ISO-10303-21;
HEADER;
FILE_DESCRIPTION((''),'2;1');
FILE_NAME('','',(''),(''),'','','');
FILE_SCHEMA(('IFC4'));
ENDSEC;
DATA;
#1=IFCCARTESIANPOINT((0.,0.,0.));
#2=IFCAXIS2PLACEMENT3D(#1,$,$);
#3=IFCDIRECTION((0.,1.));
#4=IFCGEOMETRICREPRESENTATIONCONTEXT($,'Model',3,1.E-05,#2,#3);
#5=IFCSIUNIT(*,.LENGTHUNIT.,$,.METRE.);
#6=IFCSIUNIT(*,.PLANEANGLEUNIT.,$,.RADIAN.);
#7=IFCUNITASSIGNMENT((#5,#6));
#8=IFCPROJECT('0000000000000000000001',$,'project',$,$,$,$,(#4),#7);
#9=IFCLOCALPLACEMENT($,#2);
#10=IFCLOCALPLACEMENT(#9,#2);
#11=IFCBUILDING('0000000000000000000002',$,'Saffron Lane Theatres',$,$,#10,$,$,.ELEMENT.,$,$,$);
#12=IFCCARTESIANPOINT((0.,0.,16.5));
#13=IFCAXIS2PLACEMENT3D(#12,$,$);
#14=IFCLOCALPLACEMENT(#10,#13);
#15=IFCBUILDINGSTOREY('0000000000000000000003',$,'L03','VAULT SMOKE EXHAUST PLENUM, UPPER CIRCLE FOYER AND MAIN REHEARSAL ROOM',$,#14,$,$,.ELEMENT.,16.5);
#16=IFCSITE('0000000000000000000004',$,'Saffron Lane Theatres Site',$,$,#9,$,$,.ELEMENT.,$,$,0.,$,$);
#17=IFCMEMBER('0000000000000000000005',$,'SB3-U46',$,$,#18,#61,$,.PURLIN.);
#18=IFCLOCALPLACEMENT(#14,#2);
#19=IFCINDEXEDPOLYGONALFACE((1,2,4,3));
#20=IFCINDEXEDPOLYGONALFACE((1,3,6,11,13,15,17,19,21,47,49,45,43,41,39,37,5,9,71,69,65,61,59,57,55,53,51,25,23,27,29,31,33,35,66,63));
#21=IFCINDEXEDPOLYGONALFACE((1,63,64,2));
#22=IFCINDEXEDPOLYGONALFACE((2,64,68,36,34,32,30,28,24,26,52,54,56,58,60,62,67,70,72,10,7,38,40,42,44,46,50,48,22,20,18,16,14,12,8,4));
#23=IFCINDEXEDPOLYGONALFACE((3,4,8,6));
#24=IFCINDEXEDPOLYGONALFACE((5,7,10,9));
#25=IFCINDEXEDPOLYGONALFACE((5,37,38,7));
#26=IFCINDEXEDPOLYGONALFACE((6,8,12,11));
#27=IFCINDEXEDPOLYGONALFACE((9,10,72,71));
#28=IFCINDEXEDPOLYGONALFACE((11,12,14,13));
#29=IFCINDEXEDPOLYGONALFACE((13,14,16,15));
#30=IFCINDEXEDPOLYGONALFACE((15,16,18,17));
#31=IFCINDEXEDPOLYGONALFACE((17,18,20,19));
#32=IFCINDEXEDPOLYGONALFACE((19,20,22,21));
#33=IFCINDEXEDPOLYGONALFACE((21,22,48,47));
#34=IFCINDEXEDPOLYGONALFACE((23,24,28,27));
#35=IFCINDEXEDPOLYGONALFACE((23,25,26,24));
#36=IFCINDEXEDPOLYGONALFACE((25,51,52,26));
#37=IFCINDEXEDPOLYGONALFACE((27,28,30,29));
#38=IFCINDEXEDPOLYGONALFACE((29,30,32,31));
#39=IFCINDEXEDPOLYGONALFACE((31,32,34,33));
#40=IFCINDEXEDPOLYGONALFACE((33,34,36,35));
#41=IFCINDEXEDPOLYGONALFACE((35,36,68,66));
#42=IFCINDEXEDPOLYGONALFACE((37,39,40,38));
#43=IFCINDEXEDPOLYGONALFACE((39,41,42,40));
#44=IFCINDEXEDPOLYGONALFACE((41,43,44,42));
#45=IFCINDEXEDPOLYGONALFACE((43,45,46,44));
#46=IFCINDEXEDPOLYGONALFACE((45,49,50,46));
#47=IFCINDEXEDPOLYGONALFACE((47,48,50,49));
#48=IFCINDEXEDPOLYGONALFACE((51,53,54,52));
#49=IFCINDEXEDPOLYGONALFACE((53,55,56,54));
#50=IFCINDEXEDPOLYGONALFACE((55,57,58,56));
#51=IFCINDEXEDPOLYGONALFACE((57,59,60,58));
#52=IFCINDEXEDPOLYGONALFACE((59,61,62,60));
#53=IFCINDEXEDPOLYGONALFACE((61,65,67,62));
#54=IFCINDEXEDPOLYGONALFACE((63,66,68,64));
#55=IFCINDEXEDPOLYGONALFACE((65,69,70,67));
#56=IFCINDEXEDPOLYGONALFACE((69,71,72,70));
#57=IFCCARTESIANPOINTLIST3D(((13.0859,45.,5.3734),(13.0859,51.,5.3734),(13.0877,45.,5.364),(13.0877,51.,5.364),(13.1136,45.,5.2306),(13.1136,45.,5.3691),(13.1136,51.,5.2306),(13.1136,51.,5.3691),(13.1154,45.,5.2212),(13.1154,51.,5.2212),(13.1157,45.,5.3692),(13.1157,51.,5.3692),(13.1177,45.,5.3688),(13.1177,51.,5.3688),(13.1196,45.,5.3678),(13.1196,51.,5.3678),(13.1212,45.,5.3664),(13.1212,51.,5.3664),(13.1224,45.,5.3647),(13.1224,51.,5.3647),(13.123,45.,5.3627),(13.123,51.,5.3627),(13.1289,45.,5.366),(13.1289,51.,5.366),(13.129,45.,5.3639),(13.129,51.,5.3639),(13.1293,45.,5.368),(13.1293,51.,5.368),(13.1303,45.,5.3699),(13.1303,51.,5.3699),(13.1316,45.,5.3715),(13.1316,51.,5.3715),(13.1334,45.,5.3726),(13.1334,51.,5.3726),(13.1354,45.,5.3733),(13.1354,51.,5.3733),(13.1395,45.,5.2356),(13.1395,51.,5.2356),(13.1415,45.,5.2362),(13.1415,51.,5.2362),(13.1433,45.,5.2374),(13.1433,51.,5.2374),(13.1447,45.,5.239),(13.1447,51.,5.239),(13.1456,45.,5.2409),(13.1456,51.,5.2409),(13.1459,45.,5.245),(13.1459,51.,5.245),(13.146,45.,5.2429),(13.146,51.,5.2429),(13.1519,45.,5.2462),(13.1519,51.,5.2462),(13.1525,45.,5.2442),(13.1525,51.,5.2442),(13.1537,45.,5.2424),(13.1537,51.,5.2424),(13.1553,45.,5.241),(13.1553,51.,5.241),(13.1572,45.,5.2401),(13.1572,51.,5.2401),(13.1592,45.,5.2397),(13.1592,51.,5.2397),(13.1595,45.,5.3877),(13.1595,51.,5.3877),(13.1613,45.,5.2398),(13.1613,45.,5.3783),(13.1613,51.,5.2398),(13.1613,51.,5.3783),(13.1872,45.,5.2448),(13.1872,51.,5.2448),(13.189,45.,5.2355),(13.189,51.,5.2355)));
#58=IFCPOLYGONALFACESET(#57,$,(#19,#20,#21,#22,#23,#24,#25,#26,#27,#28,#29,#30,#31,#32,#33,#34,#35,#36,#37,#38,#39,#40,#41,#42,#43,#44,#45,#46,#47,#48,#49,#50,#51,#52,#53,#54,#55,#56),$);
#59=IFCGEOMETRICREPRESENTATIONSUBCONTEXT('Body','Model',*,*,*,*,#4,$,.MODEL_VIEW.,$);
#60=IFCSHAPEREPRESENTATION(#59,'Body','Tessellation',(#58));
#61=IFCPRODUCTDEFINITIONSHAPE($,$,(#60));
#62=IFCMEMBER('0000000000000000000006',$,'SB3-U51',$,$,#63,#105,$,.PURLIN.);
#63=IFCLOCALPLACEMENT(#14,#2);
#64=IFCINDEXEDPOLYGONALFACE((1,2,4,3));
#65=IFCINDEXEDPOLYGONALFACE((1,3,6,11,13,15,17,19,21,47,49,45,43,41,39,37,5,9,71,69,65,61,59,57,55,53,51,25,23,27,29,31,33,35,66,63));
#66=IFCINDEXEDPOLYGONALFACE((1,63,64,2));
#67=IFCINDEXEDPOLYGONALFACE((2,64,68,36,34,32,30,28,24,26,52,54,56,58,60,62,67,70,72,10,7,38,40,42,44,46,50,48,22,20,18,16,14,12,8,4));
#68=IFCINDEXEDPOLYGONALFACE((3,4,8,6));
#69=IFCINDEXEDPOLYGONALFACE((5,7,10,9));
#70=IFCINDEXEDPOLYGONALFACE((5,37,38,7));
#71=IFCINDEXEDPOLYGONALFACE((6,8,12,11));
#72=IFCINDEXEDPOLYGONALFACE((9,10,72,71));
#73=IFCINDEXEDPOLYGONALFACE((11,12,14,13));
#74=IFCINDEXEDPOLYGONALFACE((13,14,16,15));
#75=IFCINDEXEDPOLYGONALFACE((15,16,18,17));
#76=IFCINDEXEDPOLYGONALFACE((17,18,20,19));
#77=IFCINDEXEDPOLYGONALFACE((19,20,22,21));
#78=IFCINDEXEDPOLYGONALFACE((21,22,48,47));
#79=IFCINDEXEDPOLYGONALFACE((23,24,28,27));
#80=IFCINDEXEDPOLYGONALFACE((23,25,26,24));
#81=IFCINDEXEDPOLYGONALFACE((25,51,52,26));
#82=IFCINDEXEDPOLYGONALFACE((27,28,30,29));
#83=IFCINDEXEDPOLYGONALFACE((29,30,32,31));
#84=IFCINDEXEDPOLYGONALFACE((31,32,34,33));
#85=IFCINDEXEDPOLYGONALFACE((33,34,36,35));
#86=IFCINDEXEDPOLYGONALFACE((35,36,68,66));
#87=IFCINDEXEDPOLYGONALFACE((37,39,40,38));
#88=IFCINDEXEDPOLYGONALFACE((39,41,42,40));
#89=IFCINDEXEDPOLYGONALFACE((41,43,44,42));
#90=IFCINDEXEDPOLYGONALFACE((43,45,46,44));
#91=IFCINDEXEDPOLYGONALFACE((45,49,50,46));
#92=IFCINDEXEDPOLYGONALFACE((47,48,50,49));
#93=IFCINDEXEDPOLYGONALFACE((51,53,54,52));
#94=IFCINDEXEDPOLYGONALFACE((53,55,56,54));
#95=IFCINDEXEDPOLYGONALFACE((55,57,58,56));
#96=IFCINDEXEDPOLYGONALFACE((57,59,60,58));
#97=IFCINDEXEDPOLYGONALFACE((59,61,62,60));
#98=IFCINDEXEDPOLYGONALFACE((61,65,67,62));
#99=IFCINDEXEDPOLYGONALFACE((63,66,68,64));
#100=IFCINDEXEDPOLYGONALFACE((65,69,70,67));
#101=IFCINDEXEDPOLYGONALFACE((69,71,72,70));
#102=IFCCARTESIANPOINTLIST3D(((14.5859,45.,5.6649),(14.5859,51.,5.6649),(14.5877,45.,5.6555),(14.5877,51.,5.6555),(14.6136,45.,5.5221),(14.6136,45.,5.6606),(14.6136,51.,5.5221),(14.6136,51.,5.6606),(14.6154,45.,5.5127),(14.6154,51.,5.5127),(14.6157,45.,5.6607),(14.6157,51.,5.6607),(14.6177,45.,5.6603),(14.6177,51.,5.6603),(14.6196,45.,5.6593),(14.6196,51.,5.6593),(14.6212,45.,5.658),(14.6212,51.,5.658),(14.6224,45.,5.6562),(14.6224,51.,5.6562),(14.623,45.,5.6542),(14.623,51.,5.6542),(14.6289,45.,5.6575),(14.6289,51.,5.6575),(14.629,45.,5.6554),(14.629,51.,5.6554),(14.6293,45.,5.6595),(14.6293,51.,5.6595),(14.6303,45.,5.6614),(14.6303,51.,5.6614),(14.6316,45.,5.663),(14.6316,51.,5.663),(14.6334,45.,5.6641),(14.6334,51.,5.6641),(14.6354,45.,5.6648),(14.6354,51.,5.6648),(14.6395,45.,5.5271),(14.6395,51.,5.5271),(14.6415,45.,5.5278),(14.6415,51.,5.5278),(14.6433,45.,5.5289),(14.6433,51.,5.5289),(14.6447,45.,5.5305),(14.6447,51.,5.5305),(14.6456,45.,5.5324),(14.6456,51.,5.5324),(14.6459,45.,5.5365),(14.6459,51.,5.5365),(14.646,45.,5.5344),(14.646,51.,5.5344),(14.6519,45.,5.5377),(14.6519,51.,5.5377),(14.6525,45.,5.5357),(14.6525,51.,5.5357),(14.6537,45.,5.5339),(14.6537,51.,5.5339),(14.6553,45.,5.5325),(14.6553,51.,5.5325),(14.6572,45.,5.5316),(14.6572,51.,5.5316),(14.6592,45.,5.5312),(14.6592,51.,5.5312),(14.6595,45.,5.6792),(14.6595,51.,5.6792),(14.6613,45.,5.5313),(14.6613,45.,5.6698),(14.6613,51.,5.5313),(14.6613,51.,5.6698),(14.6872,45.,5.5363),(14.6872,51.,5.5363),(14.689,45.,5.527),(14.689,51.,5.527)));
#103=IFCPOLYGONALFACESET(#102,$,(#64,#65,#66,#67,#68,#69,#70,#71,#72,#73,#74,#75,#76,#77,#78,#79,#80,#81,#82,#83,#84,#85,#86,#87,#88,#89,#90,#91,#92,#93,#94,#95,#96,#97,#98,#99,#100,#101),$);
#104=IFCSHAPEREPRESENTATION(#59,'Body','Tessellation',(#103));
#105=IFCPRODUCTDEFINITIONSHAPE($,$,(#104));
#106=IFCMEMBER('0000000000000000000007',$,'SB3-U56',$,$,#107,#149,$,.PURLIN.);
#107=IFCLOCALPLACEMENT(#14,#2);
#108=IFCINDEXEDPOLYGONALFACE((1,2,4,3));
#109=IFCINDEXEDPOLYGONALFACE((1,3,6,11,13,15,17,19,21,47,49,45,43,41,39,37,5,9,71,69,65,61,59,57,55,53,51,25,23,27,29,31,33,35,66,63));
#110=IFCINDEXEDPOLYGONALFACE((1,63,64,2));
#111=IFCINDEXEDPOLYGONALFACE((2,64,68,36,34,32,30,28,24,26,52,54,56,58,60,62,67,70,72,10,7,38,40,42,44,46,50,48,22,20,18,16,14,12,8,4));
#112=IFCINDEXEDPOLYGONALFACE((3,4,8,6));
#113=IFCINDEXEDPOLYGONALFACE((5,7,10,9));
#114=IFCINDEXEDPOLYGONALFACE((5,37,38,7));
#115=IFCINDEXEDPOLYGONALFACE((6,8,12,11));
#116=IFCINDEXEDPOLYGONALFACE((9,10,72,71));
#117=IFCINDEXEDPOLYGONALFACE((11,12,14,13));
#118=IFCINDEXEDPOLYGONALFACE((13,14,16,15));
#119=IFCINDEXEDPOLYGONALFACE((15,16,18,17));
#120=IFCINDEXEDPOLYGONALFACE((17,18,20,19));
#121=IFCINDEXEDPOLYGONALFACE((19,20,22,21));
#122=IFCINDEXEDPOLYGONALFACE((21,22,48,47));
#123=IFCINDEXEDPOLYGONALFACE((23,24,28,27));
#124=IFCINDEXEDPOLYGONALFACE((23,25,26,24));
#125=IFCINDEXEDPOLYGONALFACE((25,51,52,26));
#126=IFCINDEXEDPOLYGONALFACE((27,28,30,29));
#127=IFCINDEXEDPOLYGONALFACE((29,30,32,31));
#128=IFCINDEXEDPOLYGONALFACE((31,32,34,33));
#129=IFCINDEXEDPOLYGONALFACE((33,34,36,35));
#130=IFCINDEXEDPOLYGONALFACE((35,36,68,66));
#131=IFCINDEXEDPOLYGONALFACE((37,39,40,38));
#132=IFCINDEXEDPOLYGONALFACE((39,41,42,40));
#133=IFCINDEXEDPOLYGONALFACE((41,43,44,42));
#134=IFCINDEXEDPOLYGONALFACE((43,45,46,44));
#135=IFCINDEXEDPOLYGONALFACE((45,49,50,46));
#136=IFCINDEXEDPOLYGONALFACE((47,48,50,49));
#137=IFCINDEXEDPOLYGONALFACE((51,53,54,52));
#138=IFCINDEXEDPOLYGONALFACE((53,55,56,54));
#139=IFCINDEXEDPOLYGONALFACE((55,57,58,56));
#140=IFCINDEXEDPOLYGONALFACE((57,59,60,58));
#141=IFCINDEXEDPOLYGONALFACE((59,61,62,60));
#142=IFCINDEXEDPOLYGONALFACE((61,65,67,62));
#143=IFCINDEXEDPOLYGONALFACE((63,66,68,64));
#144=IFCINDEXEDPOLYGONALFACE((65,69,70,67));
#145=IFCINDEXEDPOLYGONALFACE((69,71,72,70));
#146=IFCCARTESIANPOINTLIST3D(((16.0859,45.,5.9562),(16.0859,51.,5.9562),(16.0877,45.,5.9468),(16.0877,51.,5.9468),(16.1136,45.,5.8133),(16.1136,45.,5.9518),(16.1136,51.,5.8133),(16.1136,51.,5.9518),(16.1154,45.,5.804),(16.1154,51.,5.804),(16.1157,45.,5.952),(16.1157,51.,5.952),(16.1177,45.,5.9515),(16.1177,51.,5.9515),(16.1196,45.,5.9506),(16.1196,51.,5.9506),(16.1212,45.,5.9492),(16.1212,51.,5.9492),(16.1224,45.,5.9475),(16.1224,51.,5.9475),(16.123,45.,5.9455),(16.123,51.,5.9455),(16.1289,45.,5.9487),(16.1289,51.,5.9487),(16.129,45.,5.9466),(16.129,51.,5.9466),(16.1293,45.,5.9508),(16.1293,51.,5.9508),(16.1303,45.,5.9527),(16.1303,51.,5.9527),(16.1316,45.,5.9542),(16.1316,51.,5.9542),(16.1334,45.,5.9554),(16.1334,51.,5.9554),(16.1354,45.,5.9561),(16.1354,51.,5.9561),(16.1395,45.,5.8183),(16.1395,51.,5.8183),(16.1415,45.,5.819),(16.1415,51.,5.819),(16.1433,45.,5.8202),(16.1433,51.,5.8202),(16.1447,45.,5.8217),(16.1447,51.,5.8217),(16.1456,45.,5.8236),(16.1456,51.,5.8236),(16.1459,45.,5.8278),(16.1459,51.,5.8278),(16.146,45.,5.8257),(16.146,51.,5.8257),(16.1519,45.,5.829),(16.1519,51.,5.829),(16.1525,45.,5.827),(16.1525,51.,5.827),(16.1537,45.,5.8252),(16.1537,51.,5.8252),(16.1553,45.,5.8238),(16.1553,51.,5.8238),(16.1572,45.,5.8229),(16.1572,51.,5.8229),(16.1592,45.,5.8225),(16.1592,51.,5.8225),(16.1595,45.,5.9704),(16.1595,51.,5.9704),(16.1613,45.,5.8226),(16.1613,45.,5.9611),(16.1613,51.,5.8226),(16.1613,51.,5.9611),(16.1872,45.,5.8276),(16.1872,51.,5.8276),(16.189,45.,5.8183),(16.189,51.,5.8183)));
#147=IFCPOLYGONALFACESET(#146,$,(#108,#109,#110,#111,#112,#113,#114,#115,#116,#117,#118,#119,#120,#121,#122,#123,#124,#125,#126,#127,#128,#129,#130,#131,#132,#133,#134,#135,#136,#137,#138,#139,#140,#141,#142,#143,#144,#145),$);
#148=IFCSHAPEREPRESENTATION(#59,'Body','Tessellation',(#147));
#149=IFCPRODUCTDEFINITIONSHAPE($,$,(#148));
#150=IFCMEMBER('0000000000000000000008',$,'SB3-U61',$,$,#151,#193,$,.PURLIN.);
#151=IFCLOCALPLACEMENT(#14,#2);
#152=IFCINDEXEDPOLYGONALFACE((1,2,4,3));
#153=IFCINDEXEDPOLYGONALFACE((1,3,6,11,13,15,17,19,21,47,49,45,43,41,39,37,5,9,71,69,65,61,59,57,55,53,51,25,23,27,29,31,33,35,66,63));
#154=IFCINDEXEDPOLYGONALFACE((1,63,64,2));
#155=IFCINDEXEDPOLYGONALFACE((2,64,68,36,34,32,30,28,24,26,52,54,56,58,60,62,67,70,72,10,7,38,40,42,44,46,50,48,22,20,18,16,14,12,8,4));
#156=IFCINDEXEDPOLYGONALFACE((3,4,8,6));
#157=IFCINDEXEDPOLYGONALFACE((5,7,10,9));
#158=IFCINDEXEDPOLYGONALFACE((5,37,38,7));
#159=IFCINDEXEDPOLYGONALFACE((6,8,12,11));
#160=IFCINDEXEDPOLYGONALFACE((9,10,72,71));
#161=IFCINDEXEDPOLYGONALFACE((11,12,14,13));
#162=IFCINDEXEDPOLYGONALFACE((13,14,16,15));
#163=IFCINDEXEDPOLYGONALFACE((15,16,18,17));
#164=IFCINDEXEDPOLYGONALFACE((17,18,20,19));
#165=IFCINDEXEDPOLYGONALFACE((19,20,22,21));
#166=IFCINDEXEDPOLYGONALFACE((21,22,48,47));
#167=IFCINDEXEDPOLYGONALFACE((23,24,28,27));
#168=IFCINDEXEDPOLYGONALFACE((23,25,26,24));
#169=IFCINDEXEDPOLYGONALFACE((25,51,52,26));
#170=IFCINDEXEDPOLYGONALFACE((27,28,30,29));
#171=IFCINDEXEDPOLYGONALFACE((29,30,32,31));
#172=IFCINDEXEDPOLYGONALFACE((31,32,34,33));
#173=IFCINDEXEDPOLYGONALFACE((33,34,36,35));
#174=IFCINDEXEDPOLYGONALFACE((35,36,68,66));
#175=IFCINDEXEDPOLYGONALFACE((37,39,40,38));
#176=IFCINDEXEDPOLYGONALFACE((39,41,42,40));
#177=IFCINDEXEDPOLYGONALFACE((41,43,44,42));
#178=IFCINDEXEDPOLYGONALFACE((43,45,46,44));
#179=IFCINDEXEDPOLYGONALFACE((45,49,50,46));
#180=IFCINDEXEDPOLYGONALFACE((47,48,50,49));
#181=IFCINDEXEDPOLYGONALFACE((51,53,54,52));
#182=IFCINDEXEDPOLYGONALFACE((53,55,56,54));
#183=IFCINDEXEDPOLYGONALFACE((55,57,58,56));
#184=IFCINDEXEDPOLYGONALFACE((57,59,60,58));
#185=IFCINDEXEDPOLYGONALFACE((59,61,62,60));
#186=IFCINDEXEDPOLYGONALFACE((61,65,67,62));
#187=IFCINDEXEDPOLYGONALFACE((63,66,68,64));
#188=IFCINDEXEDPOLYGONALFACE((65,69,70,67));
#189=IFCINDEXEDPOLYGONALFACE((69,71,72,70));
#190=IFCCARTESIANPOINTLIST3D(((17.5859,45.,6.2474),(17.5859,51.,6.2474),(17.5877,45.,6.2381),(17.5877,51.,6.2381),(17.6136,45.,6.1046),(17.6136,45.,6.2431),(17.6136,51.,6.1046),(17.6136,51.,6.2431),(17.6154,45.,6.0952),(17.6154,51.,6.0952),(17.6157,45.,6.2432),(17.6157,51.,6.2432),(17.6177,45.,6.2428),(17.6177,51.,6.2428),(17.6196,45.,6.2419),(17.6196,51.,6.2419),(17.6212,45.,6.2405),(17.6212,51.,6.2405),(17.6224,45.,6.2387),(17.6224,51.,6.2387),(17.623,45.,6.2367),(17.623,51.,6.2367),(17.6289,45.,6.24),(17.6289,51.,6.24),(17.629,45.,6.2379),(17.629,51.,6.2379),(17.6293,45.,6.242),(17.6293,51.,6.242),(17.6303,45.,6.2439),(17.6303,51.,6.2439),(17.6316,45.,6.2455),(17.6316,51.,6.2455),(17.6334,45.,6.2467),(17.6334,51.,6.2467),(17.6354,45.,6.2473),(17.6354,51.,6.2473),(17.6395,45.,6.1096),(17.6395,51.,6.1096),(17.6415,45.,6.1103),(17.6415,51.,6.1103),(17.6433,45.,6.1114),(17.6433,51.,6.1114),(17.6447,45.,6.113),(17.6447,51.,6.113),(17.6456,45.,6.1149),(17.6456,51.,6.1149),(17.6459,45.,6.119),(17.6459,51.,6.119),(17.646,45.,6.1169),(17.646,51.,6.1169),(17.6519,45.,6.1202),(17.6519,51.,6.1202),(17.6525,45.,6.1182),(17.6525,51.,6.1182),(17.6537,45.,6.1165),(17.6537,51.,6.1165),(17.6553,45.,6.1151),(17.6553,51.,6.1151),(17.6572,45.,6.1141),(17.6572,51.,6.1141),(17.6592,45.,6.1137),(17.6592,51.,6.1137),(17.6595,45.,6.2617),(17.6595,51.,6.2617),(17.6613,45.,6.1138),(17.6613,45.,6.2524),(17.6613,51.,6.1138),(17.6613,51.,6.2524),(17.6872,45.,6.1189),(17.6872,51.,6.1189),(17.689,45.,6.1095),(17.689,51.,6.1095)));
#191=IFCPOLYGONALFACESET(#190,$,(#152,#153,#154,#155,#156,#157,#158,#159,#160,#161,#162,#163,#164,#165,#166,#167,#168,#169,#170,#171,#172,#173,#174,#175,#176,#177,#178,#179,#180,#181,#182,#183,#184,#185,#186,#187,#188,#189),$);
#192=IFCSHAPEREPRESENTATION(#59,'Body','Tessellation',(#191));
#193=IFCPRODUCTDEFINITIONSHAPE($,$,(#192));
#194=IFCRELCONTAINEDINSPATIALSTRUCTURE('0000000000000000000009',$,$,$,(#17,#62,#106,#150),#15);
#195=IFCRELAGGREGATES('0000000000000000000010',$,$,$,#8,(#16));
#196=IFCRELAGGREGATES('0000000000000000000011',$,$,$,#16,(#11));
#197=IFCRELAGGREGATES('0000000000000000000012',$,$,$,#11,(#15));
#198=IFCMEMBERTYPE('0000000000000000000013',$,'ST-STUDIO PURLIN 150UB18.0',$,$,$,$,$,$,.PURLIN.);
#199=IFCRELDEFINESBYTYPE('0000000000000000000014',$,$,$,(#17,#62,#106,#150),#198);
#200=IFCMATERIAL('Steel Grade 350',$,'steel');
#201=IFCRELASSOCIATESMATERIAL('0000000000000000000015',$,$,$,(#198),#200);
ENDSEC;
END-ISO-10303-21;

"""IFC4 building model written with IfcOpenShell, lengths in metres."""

from ifc_helpers import new_model, si_unit, direction, frame, origin, origin_2d, place, context, subcontext, project, spatial, i_section, extrude, material, material_profile, profile_set, type_object, element, save


model = new_model("IFC4")

# Units and contexts
model_context = context("Model", 3, precision=1e-05, world=origin(), true_north=direction((0.0, 1.0)))
body_context = subcontext(model_context, "Body", "Model", "MODEL_VIEW")
ifc_project = project(units=[si_unit("LENGTHUNIT", "METRE"), si_unit("PLANEANGLEUNIT", "RADIAN")], contexts=[model_context])

# Site, building, storey
site_placement = place(None, origin())
site = spatial("IfcSite", under=ifc_project, at=site_placement, Name="Saffron Lane Theatres Site", CompositionType="ELEMENT", RefElevation=0.0)
building_placement = place(site_placement, origin())
building = spatial("IfcBuilding", under=site, at=building_placement, Name="Saffron Lane Theatres", CompositionType="ELEMENT")
storey_placement = place(building_placement, frame((0.0, 0.0, 16.5)))
storey = spatial("IfcBuildingStorey", under=building, at=storey_placement, Name="L03", Description="VAULT SMOKE EXHAUST PLENUM, UPPER CIRCLE FOYER AND MAIN REHEARSAL ROOM", CompositionType="ELEMENT", Elevation=16.5)

# Members
ifc_material_1 = material(Name="Steel Grade 350", Category="steel")
ifc_material_profile_1 = material_profile(ifc_material_1, i_section(OverallWidth=0.075, OverallDepth=0.155, WebThickness=0.0061, FlangeThickness=0.0095, FilletRadius=0.0081, at=origin_2d()))
ifc_profile_set_1 = profile_set([ifc_material_profile_1], Name="Steel Grade 350")
member_type_1 = type_object("IfcMemberType", Name="ST-STUDIO PURLIN 150UB18.0", PredefinedType="PURLIN", material=ifc_profile_set_1)
for number, where, z_axis, x_axis, name in (
    (1, (13.1375, 45.0, 5.3044), (0.0, 1.0, 0.0), (-0.981661, 0.0, -0.190637), "SB3-U46"),
    (2, (14.6375, 45.0, 5.5959), (0.0, 1.0, 0.0), (-0.981661, 0.0, -0.190637), "SB3-U51"),
    (3, (16.1375, 45.0, 5.8872), (0.0, 1.0, 0.0), (-0.981661, 0.0, -0.190637), "SB3-U56"),
    (4, (17.6375, 45.0, 6.1785), (0.0, 1.0, 0.0), (-0.981661, 0.0, -0.190637), "SB3-U61"),
):
    element("IfcMember", number, at=place(storey_placement, frame(where, z_axis=z_axis, x_axis=x_axis)), inside=storey, type_object=member_type_1, Name=name, PredefinedType="PURLIN", context=body_context, shape_type="SweptSolid", body=[
        extrude(i_section(OverallWidth=0.075, OverallDepth=0.155, WebThickness=0.0061, FlangeThickness=0.0095, FilletRadius=0.0081, at=origin_2d()), origin(), (0.0, 0.0, 1.0), 6.0),
    ])

save(model, "model.ifc")
